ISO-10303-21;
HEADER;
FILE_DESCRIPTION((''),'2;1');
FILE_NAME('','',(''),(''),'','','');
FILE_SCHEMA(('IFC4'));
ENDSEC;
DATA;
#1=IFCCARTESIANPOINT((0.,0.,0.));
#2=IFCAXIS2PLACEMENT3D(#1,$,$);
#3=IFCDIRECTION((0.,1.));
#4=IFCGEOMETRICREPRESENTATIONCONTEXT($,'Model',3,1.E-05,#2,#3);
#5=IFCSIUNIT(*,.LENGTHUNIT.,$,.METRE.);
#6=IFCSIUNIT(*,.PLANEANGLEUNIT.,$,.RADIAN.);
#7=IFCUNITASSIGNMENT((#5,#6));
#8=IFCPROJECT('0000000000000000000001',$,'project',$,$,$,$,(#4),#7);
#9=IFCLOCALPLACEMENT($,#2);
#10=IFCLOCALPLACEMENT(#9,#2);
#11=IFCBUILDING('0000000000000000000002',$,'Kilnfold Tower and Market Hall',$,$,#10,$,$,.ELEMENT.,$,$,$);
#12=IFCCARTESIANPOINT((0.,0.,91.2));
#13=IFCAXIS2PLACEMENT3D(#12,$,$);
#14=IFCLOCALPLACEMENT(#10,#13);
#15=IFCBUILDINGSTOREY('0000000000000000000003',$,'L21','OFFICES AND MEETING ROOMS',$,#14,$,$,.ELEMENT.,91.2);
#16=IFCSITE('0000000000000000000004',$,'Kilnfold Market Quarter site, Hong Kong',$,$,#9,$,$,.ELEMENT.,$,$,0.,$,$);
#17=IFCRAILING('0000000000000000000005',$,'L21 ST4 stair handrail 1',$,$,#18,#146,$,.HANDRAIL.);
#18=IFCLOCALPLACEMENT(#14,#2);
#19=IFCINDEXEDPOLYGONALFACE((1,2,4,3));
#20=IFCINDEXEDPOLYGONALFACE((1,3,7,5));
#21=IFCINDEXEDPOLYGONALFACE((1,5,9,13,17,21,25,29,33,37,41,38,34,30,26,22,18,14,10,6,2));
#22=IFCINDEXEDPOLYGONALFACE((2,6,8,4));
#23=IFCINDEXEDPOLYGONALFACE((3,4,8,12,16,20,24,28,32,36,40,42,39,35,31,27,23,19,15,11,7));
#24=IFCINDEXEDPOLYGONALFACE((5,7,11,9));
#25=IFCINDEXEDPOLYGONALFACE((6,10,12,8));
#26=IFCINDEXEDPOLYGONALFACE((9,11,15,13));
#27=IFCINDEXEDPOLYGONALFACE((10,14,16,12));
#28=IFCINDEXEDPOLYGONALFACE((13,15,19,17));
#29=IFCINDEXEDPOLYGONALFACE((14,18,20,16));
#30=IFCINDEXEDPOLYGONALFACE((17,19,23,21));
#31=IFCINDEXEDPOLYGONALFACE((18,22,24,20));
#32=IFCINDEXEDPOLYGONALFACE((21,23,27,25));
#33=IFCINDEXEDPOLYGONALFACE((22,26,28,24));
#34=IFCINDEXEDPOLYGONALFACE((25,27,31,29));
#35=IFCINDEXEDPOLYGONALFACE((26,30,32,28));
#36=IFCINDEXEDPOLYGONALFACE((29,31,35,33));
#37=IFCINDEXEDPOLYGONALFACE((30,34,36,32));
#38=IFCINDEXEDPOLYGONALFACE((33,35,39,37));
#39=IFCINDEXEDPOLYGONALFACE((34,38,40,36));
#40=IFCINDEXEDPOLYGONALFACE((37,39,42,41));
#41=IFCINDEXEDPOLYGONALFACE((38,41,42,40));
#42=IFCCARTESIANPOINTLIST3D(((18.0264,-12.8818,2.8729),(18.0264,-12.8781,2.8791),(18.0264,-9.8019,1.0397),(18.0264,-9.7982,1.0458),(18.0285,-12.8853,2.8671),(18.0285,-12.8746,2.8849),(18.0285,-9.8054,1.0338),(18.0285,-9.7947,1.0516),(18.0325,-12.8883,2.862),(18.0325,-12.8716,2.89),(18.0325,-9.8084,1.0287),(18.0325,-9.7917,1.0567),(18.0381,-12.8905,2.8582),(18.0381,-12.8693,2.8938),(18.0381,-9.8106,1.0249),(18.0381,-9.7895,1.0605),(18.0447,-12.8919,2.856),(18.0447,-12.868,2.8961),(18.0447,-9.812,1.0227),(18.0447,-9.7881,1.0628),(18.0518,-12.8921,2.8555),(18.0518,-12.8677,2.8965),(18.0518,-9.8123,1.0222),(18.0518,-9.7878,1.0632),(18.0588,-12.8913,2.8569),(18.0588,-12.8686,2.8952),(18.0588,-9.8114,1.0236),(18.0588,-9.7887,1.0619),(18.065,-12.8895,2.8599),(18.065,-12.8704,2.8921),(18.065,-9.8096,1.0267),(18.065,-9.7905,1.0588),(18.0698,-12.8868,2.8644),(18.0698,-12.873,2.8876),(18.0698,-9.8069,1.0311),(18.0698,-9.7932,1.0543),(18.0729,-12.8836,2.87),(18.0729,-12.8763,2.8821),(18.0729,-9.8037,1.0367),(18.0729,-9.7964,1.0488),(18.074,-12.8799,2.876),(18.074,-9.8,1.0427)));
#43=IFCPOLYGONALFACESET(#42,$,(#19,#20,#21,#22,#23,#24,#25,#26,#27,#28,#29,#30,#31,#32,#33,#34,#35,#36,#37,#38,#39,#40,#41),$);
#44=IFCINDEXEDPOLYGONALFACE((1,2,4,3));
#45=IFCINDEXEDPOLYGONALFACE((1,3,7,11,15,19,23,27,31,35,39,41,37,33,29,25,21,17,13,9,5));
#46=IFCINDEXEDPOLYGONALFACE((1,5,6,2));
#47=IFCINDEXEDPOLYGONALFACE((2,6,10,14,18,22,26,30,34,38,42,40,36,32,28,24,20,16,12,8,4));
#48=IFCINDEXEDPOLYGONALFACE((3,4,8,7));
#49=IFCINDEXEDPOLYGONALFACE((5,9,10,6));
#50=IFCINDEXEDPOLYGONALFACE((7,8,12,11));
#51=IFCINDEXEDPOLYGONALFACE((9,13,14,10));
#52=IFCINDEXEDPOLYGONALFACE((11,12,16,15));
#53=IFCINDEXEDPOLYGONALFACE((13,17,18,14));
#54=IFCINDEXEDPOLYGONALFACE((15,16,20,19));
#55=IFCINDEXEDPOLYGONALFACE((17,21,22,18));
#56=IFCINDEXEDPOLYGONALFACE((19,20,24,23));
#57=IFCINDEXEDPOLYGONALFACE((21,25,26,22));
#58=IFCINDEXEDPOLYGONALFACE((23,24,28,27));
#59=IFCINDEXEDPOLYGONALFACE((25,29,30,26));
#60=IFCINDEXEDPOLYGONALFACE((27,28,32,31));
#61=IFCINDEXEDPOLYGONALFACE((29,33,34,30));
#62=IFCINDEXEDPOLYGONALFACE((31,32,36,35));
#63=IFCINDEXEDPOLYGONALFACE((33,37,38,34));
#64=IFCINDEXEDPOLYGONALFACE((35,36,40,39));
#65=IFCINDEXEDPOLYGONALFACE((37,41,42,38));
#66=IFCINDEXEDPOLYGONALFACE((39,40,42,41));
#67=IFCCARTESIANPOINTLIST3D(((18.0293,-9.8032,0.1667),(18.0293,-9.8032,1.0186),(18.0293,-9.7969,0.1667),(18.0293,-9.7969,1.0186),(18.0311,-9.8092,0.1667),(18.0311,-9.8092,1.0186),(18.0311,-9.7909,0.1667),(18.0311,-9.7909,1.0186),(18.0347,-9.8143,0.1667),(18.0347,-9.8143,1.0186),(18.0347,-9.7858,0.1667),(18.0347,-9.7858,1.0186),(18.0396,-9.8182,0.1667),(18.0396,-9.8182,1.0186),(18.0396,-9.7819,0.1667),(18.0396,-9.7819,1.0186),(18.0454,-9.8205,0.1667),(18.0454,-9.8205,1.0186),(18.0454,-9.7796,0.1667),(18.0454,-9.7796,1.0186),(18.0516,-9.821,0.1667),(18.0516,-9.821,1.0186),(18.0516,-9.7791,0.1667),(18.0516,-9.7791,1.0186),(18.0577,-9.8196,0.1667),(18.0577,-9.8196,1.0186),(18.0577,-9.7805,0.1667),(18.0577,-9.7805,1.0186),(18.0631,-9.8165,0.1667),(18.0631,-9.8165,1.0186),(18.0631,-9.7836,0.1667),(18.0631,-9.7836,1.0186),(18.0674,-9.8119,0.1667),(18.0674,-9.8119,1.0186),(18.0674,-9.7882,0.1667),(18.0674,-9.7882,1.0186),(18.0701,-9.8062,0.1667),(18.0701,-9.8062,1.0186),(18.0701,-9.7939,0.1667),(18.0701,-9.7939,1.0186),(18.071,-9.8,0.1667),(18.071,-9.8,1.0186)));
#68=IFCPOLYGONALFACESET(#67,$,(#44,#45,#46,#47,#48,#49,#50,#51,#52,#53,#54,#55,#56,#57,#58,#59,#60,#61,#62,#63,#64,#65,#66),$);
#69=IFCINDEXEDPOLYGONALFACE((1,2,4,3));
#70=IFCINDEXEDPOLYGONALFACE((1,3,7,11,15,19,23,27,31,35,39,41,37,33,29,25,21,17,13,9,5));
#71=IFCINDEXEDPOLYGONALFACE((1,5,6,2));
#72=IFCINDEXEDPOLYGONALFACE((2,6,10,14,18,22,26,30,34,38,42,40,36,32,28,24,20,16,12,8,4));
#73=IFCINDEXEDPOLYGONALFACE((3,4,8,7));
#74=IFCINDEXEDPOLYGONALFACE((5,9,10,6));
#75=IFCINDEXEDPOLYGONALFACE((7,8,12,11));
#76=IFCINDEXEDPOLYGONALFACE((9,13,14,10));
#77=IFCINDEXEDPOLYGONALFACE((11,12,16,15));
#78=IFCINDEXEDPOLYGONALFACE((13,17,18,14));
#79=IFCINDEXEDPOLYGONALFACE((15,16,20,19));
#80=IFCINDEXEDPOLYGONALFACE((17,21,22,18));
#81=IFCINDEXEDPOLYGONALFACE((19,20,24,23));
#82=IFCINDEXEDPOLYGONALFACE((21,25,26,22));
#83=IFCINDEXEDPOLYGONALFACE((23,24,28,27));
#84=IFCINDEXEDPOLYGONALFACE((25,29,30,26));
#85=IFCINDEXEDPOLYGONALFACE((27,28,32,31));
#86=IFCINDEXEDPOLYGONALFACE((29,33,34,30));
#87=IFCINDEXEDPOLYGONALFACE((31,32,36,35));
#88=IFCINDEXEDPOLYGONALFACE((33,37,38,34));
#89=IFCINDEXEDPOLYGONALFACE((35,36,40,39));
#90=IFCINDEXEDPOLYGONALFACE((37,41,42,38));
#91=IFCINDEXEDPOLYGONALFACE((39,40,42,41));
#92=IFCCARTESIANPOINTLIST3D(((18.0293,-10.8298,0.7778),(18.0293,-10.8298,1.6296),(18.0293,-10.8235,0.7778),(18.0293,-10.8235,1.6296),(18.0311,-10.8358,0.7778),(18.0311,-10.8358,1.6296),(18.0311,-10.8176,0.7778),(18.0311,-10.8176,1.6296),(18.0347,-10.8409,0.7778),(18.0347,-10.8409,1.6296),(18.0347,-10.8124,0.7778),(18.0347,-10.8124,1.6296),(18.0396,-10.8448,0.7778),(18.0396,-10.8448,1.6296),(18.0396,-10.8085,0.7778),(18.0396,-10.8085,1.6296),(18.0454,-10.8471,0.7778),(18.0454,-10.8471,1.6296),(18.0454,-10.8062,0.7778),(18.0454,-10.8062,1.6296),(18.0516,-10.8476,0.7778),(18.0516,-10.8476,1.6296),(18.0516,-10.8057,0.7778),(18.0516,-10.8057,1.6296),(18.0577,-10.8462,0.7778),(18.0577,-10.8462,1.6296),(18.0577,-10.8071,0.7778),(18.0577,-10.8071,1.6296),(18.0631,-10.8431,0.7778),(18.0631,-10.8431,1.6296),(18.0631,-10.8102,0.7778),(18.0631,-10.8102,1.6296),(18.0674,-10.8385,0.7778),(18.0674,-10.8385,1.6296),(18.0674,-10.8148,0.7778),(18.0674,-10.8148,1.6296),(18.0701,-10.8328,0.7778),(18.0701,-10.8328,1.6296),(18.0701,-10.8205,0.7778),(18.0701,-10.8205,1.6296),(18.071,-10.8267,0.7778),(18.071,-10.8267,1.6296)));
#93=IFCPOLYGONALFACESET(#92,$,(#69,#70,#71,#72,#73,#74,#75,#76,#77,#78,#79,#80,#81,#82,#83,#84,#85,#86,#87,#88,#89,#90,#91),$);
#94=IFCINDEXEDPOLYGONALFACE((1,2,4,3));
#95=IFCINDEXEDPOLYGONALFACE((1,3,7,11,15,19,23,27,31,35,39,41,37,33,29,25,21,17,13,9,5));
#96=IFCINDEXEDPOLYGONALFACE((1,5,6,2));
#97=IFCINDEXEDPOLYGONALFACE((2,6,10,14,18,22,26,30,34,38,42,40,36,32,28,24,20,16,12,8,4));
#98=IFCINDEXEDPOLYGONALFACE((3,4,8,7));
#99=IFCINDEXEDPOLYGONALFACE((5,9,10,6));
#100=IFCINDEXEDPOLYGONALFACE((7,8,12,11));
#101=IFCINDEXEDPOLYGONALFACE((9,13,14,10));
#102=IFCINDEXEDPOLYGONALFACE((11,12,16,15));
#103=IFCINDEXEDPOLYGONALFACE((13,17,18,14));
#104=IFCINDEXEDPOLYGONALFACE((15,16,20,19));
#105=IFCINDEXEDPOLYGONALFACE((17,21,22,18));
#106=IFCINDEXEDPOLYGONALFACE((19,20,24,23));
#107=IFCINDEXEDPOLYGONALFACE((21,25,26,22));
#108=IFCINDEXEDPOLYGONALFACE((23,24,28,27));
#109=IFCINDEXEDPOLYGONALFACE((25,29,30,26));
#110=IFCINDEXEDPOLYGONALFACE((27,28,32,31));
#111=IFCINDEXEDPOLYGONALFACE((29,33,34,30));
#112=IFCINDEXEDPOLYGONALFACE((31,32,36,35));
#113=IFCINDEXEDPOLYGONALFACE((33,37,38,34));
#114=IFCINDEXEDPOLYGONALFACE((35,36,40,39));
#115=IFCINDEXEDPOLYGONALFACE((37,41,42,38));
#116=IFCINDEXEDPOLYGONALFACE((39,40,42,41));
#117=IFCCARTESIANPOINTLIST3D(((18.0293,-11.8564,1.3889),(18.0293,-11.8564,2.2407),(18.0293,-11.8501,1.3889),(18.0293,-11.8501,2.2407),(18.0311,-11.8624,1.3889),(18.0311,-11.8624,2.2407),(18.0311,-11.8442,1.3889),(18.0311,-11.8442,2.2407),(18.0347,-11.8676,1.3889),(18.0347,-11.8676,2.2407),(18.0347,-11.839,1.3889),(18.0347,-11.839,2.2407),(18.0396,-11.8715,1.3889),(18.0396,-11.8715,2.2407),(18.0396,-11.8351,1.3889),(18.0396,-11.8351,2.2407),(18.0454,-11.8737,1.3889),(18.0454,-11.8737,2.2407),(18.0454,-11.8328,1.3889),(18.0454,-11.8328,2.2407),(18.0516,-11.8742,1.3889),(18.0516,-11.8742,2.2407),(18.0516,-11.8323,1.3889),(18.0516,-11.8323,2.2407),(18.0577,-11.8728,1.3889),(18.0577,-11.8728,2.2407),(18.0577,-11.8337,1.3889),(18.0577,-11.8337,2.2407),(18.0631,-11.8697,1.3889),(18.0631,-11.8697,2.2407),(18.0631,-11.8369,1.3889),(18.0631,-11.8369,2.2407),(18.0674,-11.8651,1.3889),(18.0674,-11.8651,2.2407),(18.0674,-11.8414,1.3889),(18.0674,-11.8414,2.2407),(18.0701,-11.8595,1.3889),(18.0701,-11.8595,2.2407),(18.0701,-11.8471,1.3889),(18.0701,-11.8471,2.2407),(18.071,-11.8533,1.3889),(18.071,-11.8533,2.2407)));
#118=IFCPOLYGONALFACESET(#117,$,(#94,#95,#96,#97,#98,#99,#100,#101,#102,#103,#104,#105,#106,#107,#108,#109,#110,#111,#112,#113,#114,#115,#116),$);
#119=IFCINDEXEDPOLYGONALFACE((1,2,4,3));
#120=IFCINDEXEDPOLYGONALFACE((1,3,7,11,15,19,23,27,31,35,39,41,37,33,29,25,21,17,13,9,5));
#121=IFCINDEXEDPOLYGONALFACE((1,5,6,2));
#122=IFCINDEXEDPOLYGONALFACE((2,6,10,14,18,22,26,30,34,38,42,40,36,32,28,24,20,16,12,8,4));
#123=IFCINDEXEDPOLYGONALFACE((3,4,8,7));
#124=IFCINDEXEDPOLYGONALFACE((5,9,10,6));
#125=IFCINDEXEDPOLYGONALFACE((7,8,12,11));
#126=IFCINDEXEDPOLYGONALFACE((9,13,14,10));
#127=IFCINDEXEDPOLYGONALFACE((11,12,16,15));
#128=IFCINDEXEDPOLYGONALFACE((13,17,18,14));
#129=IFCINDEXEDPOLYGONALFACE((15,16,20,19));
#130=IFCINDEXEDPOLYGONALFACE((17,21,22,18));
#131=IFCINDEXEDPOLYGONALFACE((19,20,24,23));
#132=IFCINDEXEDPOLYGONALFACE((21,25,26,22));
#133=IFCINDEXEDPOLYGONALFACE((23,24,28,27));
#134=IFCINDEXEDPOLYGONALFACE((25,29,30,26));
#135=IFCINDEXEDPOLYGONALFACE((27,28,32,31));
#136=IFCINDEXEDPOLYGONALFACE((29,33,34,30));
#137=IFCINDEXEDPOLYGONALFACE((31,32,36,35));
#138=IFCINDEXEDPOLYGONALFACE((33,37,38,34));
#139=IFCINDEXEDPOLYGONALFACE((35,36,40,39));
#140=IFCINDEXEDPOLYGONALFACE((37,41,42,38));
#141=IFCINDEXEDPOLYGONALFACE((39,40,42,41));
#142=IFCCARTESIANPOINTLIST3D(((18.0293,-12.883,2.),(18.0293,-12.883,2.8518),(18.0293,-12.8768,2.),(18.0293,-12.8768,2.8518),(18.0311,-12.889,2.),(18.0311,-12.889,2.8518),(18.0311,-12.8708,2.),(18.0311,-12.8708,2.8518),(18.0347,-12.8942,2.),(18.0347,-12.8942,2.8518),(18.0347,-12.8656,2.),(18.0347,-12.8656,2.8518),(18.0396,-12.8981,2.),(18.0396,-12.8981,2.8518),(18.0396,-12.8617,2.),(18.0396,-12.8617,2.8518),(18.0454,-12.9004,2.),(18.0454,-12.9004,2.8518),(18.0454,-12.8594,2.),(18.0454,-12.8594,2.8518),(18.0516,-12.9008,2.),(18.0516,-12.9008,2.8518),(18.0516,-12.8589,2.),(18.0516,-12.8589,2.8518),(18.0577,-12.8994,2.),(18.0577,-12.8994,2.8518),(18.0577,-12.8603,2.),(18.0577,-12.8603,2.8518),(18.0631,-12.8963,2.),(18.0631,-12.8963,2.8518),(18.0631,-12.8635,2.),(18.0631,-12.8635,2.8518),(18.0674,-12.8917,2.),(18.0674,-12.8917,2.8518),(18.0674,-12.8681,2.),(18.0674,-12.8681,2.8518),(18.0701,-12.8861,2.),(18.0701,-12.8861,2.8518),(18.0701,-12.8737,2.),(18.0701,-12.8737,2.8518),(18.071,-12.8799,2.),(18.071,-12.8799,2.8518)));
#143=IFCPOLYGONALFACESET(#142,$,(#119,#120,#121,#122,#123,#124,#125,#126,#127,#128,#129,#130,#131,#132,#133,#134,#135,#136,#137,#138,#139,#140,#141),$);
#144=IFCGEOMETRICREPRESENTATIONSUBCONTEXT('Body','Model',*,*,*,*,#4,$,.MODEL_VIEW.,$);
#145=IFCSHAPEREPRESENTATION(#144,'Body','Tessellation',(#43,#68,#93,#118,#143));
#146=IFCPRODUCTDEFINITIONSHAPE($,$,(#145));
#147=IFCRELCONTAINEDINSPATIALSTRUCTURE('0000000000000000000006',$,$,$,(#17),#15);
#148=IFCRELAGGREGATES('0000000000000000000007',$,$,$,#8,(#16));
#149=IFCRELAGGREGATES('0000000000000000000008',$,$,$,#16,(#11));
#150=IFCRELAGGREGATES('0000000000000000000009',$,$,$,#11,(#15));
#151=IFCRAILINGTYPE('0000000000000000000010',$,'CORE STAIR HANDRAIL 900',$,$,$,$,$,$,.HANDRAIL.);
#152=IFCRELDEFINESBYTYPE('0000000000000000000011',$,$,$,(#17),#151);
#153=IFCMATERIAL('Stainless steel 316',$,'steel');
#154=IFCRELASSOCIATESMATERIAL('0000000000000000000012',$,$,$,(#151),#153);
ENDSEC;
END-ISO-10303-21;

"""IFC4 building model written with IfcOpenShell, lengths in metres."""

from ifc_helpers import new_model, si_unit, direction, frame, origin, origin_2d, place, context, subcontext, project, spatial, circle, extrude, material, type_object, element, save


model = new_model("IFC4")

# Units and contexts
model_context = context("Model", 3, precision=1e-05, world=origin(), true_north=direction((0.0, 1.0)))
body_context = subcontext(model_context, "Body", "Model", "MODEL_VIEW")
ifc_project = project(units=[si_unit("LENGTHUNIT", "METRE"), si_unit("PLANEANGLEUNIT", "RADIAN")], contexts=[model_context])

# Site, building, storey
site_placement = place(None, origin())
site = spatial("IfcSite", under=ifc_project, at=site_placement, Name="Kilnfold Market Quarter site, Hong Kong", CompositionType="ELEMENT", RefElevation=0.0)
building_placement = place(site_placement, origin())
building = spatial("IfcBuilding", under=site, at=building_placement, Name="Kilnfold Tower and Market Hall", CompositionType="ELEMENT")
storey_placement = place(building_placement, frame((0.0, 0.0, 91.2)))
storey = spatial("IfcBuildingStorey", under=building, at=storey_placement, Name="L21", Description="OFFICES AND MEETING ROOMS", CompositionType="ELEMENT", Elevation=91.2)

# Railing
ifc_material_1 = material(Name="Stainless steel 316", Category="steel")
railing_type_1 = type_object("IfcRailingType", Name="CORE STAIR HANDRAIL 900", PredefinedType="HANDRAIL", material=ifc_material_1)
railing_1_placement = place(storey_placement, frame((18.05, -9.8, 0.1667)))
element("IfcRailing", 1, at=railing_1_placement, inside=storey, type_object=railing_type_1, Name="L21 ST4 stair handrail 1", PredefinedType="HANDRAIL", context=body_context, shape_type="SweptSolid", body=[
    extrude(circle(Radius=0.0239, at=origin_2d()), frame((0.0, 0.0, 0.876), z_axis=(0.0, -0.859291, 0.511487), x_axis=(1.0, 0.0, 0.0)), (0.0, 0.0, 1.0), 3.5842),
    extrude(circle(Radius=0.021, at=origin_2d()), origin(), (0.0, 0.0, 1.0), 0.8518),
    extrude(circle(Radius=0.021, at=origin_2d()), frame((0.0, -1.0266, 0.6111)), (0.0, 0.0, 1.0), 0.8518),
    extrude(circle(Radius=0.021, at=origin_2d()), frame((0.0, -2.0532, 1.2222)), (0.0, 0.0, 1.0), 0.8518),
    extrude(circle(Radius=0.021, at=origin_2d()), frame((0.0, -3.0798, 1.8333)), (0.0, 0.0, 1.0), 0.8518),
])

save(model, "model.ifc")
